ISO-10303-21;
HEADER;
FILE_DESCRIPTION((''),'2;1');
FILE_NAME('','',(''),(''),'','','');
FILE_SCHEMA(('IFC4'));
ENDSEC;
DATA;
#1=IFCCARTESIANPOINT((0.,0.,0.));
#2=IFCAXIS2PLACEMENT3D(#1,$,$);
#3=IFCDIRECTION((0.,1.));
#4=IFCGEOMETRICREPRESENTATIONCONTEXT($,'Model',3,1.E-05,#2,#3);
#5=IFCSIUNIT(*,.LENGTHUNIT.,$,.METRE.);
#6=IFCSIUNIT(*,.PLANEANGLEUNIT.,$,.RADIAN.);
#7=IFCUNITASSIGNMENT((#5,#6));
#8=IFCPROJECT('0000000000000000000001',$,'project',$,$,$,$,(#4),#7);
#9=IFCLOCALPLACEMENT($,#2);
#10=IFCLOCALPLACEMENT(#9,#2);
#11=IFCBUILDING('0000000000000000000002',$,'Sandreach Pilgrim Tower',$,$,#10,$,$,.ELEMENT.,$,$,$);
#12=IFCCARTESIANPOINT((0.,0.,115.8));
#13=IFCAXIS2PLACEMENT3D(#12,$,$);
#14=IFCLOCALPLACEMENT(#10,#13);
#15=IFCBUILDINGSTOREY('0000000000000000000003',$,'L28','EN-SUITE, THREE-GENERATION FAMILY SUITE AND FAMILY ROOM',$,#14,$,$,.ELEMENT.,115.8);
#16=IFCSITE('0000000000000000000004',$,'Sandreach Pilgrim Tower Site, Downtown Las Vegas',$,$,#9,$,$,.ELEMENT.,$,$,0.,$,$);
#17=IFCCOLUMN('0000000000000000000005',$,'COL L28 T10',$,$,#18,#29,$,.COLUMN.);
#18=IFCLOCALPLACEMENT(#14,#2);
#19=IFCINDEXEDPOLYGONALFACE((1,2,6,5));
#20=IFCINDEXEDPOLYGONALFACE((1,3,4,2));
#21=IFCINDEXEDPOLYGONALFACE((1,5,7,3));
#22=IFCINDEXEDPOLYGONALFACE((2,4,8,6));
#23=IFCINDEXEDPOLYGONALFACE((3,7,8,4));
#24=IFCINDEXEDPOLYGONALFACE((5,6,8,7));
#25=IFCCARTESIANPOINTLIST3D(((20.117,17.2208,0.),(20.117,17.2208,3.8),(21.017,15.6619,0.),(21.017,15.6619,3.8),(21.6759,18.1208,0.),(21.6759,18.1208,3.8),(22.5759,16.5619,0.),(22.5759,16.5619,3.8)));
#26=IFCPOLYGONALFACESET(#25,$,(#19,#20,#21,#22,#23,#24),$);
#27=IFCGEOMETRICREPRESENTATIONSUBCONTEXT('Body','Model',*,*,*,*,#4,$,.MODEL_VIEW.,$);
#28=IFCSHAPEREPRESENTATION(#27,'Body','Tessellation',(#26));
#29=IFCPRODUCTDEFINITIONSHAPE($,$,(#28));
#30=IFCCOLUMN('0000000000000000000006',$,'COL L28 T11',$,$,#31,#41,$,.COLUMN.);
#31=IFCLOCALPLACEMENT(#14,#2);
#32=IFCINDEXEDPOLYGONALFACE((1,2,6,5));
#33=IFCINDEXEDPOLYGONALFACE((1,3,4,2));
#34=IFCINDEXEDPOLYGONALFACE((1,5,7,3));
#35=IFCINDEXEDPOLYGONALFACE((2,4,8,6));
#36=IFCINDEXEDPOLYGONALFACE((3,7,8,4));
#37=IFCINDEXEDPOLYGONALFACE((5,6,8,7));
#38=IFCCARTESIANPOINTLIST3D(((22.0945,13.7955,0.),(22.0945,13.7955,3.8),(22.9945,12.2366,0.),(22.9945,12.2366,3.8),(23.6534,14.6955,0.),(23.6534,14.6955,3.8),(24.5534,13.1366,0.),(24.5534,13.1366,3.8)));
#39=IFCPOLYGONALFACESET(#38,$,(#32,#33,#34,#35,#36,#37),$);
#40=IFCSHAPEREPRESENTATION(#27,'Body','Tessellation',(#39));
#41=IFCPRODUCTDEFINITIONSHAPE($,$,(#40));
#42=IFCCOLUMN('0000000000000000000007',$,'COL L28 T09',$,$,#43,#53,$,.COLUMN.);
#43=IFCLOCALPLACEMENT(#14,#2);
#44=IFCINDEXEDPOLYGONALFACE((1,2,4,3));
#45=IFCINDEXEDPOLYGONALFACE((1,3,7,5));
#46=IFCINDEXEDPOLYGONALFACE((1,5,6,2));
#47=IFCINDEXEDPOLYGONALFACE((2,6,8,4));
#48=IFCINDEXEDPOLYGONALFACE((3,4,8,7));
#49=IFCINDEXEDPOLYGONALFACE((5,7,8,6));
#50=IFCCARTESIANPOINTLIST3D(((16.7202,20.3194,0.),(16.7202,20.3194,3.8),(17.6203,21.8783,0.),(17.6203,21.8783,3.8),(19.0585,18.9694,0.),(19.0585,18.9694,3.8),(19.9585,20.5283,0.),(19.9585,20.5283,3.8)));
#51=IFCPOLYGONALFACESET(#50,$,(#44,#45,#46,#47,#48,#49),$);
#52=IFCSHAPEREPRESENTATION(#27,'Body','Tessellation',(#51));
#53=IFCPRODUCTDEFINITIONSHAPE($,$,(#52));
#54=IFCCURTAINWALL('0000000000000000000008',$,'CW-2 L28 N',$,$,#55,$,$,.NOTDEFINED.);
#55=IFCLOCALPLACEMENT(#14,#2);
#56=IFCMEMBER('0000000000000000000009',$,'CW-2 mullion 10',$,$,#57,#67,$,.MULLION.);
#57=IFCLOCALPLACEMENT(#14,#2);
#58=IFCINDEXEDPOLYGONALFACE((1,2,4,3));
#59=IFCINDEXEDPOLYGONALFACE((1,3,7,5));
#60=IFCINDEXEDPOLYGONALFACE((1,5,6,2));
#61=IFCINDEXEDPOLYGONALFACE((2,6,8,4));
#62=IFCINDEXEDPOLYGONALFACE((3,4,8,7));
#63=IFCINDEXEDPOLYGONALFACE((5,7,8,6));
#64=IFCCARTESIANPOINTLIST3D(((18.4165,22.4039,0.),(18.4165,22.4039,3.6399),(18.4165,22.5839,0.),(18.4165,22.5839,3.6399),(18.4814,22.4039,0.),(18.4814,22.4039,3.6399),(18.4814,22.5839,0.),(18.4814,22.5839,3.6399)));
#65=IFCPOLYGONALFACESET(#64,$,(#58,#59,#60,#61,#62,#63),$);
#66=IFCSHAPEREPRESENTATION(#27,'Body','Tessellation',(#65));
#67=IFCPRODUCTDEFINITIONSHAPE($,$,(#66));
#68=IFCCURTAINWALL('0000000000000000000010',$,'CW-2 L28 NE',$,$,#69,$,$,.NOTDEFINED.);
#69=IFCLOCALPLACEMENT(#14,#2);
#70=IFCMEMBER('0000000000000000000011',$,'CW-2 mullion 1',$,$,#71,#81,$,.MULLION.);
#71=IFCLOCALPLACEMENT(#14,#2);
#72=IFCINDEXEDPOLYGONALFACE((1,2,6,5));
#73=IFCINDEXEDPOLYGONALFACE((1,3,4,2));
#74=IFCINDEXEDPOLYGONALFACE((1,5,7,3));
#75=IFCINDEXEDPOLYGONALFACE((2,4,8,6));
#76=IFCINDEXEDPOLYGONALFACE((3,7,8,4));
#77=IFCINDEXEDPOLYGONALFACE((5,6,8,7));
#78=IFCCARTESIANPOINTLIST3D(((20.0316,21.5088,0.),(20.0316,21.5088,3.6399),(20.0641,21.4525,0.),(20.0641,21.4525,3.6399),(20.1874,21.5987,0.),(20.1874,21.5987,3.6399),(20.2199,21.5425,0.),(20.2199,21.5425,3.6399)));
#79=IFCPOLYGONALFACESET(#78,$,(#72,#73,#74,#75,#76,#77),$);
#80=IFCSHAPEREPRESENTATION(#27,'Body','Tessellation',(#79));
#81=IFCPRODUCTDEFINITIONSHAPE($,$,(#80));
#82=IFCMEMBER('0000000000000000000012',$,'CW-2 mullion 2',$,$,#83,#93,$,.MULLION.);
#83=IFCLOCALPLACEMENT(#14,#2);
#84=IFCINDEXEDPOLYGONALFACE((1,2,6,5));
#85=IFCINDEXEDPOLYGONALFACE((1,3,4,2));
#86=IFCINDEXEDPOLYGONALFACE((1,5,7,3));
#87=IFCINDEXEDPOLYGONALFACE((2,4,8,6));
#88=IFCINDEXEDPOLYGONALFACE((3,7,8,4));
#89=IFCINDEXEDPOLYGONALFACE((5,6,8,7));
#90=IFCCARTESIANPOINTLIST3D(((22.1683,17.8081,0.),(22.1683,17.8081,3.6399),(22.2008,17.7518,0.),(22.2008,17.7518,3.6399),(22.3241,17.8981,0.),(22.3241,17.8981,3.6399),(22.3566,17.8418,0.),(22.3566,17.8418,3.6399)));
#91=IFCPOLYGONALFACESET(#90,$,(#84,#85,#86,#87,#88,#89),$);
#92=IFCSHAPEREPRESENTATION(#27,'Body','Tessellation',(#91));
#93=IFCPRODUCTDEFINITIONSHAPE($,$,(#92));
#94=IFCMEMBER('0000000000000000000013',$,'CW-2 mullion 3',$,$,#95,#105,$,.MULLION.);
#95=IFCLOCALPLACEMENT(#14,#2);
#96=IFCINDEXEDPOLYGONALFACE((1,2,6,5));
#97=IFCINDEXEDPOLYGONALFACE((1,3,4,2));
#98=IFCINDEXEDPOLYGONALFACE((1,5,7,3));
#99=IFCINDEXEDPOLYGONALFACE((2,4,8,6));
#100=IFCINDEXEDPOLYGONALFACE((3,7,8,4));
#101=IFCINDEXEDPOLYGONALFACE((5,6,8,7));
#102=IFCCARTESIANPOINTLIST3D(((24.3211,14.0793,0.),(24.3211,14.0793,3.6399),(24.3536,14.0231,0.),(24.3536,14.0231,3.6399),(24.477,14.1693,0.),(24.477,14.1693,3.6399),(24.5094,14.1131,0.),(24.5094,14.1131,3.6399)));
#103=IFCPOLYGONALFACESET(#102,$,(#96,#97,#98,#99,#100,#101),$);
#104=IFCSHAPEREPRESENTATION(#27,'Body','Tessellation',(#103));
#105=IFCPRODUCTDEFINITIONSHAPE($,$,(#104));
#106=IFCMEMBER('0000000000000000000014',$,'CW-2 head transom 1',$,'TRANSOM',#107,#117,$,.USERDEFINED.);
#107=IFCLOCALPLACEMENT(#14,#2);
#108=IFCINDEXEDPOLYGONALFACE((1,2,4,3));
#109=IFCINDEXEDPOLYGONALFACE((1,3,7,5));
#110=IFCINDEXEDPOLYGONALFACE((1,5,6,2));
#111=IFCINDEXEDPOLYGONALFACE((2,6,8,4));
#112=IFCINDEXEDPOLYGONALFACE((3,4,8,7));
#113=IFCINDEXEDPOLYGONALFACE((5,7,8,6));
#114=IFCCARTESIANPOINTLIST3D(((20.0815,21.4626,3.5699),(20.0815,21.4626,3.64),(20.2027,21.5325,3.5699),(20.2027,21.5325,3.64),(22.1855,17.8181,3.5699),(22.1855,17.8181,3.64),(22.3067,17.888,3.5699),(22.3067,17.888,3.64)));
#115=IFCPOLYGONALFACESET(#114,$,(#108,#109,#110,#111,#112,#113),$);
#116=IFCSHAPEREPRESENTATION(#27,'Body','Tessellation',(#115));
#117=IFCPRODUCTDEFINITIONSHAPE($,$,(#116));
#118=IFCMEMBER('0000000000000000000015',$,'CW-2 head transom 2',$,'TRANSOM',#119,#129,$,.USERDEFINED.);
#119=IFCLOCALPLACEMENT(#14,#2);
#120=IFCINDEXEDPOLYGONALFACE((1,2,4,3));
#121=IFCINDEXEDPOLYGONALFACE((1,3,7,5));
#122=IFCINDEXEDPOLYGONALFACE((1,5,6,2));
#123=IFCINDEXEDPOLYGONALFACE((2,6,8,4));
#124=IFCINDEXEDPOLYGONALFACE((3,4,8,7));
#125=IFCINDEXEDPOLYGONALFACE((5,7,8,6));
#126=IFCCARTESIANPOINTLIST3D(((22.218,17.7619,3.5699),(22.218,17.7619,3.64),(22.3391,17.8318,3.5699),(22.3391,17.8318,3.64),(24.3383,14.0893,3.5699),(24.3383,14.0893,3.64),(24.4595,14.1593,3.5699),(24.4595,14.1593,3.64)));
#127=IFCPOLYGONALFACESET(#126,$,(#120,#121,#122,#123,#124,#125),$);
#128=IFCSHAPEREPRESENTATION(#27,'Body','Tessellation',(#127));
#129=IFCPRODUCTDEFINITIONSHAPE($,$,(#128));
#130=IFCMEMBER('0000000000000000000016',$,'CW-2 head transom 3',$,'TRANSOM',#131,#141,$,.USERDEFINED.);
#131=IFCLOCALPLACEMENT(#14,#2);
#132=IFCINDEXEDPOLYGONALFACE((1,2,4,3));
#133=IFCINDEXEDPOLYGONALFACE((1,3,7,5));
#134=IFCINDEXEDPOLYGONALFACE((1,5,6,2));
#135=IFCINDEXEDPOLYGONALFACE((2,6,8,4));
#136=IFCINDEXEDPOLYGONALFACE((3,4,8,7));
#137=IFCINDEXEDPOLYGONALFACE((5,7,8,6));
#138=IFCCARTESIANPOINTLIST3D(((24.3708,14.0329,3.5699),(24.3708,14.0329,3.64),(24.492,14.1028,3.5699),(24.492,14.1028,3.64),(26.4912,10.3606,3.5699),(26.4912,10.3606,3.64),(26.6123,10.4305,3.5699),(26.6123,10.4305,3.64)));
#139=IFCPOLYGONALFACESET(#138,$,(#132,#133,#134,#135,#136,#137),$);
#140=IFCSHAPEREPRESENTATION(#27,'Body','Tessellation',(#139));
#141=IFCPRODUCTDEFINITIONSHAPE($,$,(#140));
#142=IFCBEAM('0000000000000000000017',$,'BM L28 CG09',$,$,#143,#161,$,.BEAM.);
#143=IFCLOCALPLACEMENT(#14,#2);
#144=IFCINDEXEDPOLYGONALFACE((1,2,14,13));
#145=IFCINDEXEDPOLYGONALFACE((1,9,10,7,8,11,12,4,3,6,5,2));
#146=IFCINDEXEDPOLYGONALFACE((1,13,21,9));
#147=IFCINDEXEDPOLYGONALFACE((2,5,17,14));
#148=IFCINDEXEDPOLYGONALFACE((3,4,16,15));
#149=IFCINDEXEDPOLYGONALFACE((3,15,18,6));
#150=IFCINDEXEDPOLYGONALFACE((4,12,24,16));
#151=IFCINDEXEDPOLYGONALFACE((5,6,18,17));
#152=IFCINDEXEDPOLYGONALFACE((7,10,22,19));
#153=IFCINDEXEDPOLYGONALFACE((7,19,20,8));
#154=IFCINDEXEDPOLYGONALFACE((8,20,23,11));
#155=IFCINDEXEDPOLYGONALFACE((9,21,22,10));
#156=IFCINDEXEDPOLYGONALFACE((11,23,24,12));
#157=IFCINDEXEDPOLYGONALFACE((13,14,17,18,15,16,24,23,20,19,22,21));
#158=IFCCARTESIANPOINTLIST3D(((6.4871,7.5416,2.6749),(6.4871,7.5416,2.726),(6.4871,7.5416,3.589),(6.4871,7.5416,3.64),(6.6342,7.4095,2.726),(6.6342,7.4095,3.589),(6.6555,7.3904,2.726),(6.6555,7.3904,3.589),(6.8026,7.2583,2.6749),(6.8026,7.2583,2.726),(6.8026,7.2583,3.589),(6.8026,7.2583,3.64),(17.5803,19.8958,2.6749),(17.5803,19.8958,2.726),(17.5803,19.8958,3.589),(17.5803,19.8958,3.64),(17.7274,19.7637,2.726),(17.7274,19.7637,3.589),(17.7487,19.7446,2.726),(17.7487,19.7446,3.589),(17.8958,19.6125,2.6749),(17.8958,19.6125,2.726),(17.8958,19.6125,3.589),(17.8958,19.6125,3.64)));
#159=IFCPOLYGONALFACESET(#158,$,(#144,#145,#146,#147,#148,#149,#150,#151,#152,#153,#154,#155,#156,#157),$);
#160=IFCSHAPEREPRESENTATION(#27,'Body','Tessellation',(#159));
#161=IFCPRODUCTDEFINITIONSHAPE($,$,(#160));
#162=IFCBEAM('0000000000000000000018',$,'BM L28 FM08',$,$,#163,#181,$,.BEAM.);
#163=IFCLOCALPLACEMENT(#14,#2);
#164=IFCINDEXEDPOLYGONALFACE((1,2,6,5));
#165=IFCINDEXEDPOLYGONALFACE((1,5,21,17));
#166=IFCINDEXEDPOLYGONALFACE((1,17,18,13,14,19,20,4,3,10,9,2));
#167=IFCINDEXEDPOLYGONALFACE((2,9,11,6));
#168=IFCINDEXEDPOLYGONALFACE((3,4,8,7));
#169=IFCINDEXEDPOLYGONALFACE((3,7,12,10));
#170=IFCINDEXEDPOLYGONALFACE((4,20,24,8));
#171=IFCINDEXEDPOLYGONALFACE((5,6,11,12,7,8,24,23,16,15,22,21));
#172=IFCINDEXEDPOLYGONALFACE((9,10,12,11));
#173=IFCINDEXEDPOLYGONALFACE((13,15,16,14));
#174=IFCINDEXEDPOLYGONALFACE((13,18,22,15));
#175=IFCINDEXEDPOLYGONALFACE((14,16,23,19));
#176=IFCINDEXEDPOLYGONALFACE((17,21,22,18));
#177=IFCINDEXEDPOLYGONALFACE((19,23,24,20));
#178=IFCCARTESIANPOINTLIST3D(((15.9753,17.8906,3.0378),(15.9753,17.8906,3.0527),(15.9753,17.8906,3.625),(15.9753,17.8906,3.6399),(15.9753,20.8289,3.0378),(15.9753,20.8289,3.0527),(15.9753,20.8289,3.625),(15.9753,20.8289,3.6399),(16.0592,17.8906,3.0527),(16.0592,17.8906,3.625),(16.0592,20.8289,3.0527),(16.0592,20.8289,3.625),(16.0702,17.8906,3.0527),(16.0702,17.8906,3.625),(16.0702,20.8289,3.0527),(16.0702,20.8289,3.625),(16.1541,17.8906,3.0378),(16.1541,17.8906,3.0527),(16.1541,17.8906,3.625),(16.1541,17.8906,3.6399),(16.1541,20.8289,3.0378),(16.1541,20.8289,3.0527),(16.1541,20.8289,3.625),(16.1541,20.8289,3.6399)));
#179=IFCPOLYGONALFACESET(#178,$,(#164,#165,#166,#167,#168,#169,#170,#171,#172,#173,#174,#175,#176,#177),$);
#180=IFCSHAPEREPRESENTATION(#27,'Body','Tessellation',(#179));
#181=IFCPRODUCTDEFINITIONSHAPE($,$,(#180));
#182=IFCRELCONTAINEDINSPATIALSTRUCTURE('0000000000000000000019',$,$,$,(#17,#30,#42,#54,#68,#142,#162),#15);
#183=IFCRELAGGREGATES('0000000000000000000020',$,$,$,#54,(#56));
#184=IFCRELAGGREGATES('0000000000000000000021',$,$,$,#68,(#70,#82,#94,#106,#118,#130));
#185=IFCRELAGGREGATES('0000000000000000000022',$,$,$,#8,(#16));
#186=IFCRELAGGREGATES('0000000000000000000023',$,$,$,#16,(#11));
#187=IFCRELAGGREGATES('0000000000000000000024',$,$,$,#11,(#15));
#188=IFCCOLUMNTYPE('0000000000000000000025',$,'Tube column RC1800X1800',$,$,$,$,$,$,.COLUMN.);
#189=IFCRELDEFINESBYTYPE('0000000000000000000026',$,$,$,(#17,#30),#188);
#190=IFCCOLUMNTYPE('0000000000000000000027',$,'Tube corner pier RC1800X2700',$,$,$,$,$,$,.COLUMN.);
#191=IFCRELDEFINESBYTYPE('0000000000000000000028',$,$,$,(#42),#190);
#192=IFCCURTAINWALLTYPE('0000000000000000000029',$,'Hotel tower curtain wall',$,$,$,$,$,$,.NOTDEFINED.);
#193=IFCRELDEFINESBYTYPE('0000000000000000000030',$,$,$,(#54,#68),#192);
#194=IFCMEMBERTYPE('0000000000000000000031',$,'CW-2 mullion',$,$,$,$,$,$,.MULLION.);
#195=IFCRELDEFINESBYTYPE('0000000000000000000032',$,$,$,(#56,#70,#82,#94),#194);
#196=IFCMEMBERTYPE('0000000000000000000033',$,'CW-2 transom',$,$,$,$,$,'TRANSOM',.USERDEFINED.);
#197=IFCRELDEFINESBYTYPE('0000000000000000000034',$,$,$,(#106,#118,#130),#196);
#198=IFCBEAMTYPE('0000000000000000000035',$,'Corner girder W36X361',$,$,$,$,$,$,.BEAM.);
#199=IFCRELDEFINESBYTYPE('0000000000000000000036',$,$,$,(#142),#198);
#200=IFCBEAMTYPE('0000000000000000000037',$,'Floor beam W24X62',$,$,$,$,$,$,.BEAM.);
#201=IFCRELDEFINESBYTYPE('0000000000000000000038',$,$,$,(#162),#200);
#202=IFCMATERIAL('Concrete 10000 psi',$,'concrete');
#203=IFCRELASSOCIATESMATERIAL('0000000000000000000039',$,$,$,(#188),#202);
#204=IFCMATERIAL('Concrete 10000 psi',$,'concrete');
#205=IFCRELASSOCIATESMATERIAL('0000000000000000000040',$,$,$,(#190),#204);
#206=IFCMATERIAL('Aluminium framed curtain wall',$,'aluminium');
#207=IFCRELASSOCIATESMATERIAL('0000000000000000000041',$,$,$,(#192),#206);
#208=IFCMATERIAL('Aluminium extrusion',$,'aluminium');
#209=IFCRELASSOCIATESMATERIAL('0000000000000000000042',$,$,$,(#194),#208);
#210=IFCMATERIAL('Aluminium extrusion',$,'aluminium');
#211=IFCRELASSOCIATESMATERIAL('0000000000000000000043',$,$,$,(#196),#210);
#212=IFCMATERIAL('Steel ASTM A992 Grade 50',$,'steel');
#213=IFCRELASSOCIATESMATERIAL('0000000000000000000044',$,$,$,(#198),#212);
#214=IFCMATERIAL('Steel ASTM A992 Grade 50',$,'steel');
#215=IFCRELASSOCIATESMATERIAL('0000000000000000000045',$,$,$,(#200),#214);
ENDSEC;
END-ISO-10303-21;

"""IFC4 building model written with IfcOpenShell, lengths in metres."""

from ifc_helpers import new_model, si_unit, direction, frame, origin, origin_2d, place, context, subcontext, project, spatial, rectangle, i_section, extrude, material, material_profile, profile_set, type_object, element, aggregate, save


model = new_model("IFC4")

# Units and contexts
model_context = context("Model", 3, precision=1e-05, world=origin(), true_north=direction((0.0, 1.0)))
body_context = subcontext(model_context, "Body", "Model", "MODEL_VIEW")
ifc_project = project(units=[si_unit("LENGTHUNIT", "METRE"), si_unit("PLANEANGLEUNIT", "RADIAN")], contexts=[model_context])

# Site, building, storey
site_placement = place(None, origin())
site = spatial("IfcSite", under=ifc_project, at=site_placement, Name="Sandreach Pilgrim Tower Site, Downtown Las Vegas", CompositionType="ELEMENT", RefElevation=0.0)
building_placement = place(site_placement, origin())
building = spatial("IfcBuilding", under=site, at=building_placement, Name="Sandreach Pilgrim Tower", CompositionType="ELEMENT")
storey_placement = place(building_placement, frame((0.0, 0.0, 115.8)))
storey = spatial("IfcBuildingStorey", under=building, at=storey_placement, Name="L28", Description="EN-SUITE, THREE-GENERATION FAMILY SUITE AND FAMILY ROOM", CompositionType="ELEMENT", Elevation=115.8)

# Columns
ifc_material_1 = material(Name="Concrete 10000 psi", Category="concrete")
ifc_material_profile_1 = material_profile(ifc_material_1, rectangle(XDim=1.8, YDim=1.8, at=origin_2d()), Name="RC1800X1800")
ifc_profile_set_1 = profile_set([ifc_material_profile_1], Name="Concrete 10000 psi")
column_type_1 = type_object("IfcColumnType", Name="Tube column RC1800X1800", PredefinedType="COLUMN", material=ifc_profile_set_1)
for number, where, z_axis, x_axis, name in (
    (1, (21.3464, 16.8914, 0.0), (0.0, 0.0, 1.0), (0.866025, 0.5, 0.0), "COL L28 T10"),
    (2, (23.324, 13.4661, 0.0), (0.0, 0.0, 1.0), (0.866025, 0.5, 0.0), "COL L28 T11"),
):
    element("IfcColumn", number, at=place(storey_placement, frame(where, z_axis=z_axis, x_axis=x_axis)), inside=storey, type_object=column_type_1, Name=name, PredefinedType="COLUMN", context=body_context, shape_type="SweptSolid", body=[
        extrude(rectangle(XDim=1.8, YDim=1.8, at=origin_2d()), origin(), (0.0, 0.0, 1.0), 3.8),
    ])
ifc_material_2 = material(Name="Concrete 10000 psi", Category="concrete")
ifc_material_profile_2 = material_profile(ifc_material_2, rectangle(XDim=1.8, YDim=2.7, at=origin_2d()), Name="RC1800X2700")
ifc_profile_set_2 = profile_set([ifc_material_profile_2], Name="Concrete 10000 psi")
column_type_2 = type_object("IfcColumnType", Name="Tube corner pier RC1800X2700", PredefinedType="COLUMN", material=ifc_profile_set_2)
column_placement = place(storey_placement, frame((18.3394, 20.4238, 0.0), z_axis=(0.0, 0.0, 1.0), x_axis=(0.5, 0.866025, 0.0)))
element("IfcColumn", 3, at=column_placement, inside=storey, type_object=column_type_2, Name="COL L28 T09", PredefinedType="COLUMN", context=body_context, shape_type="SweptSolid", body=[
    extrude(rectangle(XDim=1.8, YDim=2.7, at=origin_2d()), origin(), (0.0, 0.0, 1.0), 3.8),
])

# Curtain wall, member
ifc_material_3 = material(Name="Aluminium framed curtain wall", Category="aluminium")
curtain_wall_type = type_object("IfcCurtainWallType", Name="Hotel tower curtain wall", PredefinedType="NOTDEFINED", material=ifc_material_3)
curtain_wall_1_placement = place(storey_placement, origin())
curtain_wall_1 = element("IfcCurtainWall", 4, at=curtain_wall_1_placement, inside=storey, type_object=curtain_wall_type, Name="CW-2 L28 N", PredefinedType="NOTDEFINED")
ifc_material_4 = material(Name="Aluminium extrusion", Category="aluminium")
ifc_material_profile_3 = material_profile(ifc_material_4, rectangle(XDim=0.0649, YDim=0.1799, at=origin_2d()), Name="CW-2M 65X180")
ifc_profile_set_3 = profile_set([ifc_material_profile_3], Name="Aluminium extrusion")
member_type_1 = type_object("IfcMemberType", Name="CW-2 mullion", PredefinedType="MULLION", material=ifc_profile_set_3)
member_1_placement = place(storey_placement, frame((18.449, 22.4939, 0.0), z_axis=(0.0, 0.0, 1.0), x_axis=(1.0, 0.0, 0.0)))
member_1 = element("IfcMember", 5, at=member_1_placement, type_object=member_type_1, Name="CW-2 mullion 10", PredefinedType="MULLION", context=body_context, shape_type="SweptSolid", body=[
    extrude(rectangle(XDim=0.0649, YDim=0.1799, at=origin_2d()), origin(), (0.0, 0.0, 1.0), 3.6399),
])

# Curtain wall, members
curtain_wall_2_placement = place(storey_placement, origin())
curtain_wall_2 = element("IfcCurtainWall", 6, at=curtain_wall_2_placement, inside=storey, type_object=curtain_wall_type, Name="CW-2 L28 NE", PredefinedType="NOTDEFINED")
member_2_placement = place(storey_placement, frame((20.1257, 21.5256, 0.0), z_axis=(0.0, 0.0, 1.0), x_axis=(0.5, -0.866025, 0.0)))
member_2 = element("IfcMember", 7, at=member_2_placement, type_object=member_type_1, Name="CW-2 mullion 1", PredefinedType="MULLION", context=body_context, shape_type="SweptSolid", body=[
    extrude(rectangle(XDim=0.0649, YDim=0.1799, at=origin_2d()), origin(), (0.0, 0.0, 1.0), 3.6399),
])
member_3_placement = place(storey_placement, frame((22.2625, 17.825, 0.0), z_axis=(0.0, 0.0, 1.0), x_axis=(0.5, -0.866025, 0.0)))
member_3 = element("IfcMember", 8, at=member_3_placement, type_object=member_type_1, Name="CW-2 mullion 2", PredefinedType="MULLION", context=body_context, shape_type="SweptSolid", body=[
    extrude(rectangle(XDim=0.0649, YDim=0.1799, at=origin_2d()), origin(), (0.0, 0.0, 1.0), 3.6399),
])
member_4_placement = place(storey_placement, frame((24.4153, 14.0962, 0.0), z_axis=(0.0, 0.0, 1.0), x_axis=(0.5, -0.866025, 0.0)))
member_4 = element("IfcMember", 9, at=member_4_placement, type_object=member_type_1, Name="CW-2 mullion 3", PredefinedType="MULLION", context=body_context, shape_type="SweptSolid", body=[
    extrude(rectangle(XDim=0.0649, YDim=0.1799, at=origin_2d()), origin(), (0.0, 0.0, 1.0), 3.6399),
])
ifc_material_5 = material(Name="Aluminium extrusion", Category="aluminium")
ifc_material_profile_4 = material_profile(ifc_material_5, rectangle(XDim=0.1399, YDim=0.0701, at=origin_2d()), Name="CW-2T 140X70")
ifc_profile_set_4 = profile_set([ifc_material_profile_4], Name="Aluminium extrusion")
member_type_2 = type_object("IfcMemberType", Name="CW-2 transom", ElementType="TRANSOM", PredefinedType="USERDEFINED", material=ifc_profile_set_4)
member_5_placement = place(storey_placement, frame((20.1421, 21.4976, 3.605), z_axis=(0.49997, -0.866043, 0.0), x_axis=(0.866043, 0.49997, 0.0)))
member_5 = element("IfcMember", 10, at=member_5_placement, type_object=member_type_2, Name="CW-2 head transom 1", ObjectType="TRANSOM", PredefinedType="USERDEFINED", context=body_context, shape_type="SweptSolid", body=[
    extrude(rectangle(XDim=0.1399, YDim=0.0701, at=origin_2d()), origin(), (0.0, 0.0, 1.0), 4.2083),
])
member_6_placement = place(storey_placement, frame((22.2786, 17.7969, 3.605), z_axis=(0.499997, -0.866027, 0.0), x_axis=(0.866027, 0.499997, 0.0)))
member_6 = element("IfcMember", 11, at=member_6_placement, type_object=member_type_2, Name="CW-2 head transom 2", ObjectType="TRANSOM", PredefinedType="USERDEFINED", context=body_context, shape_type="SweptSolid", body=[
    extrude(rectangle(XDim=0.1399, YDim=0.0701, at=origin_2d()), origin(), (0.0, 0.0, 1.0), 4.2407),
])
member_7_placement = place(storey_placement, frame((24.4314, 14.0679, 3.605), z_axis=(0.500021, -0.866013, 0.0), x_axis=(0.866013, 0.500021, 0.0)))
member_7 = element("IfcMember", 12, at=member_7_placement, type_object=member_type_2, Name="CW-2 head transom 3", ObjectType="TRANSOM", PredefinedType="USERDEFINED", context=body_context, shape_type="SweptSolid", body=[
    extrude(rectangle(XDim=0.1399, YDim=0.0701, at=origin_2d()), origin(), (0.0, 0.0, 1.0), 4.2405),
])

# Beams
ifc_material_6 = material(Name="Steel ASTM A992 Grade 50", Category="steel")
ifc_material_profile_5 = material_profile(ifc_material_6, i_section(OverallWidth=0.4241, OverallDepth=0.9651, WebThickness=0.0286, FlangeThickness=0.051, at=origin_2d()), Name="W36X361")
ifc_profile_set_5 = profile_set([ifc_material_profile_5], Name="Steel ASTM A992 Grade 50")
beam_type_1 = type_object("IfcBeamType", Name="Corner girder W36X361", PredefinedType="BEAM", material=ifc_profile_set_5)
beam_1_placement = place(storey_placement, frame((17.738, 19.7542, 3.1575), z_axis=(-0.668114, -0.744059, 0.0), x_axis=(0.744059, -0.668114, 0.0)))
element("IfcBeam", 13, at=beam_1_placement, inside=storey, type_object=beam_type_1, Name="BM L28 CG09", PredefinedType="BEAM", context=body_context, shape_type="SweptSolid", body=[
    extrude(i_section(OverallWidth=0.4241, OverallDepth=0.9651, WebThickness=0.0286, FlangeThickness=0.051, at=origin_2d()), origin(), (0.0, 0.0, 1.0), 16.6038),
])
ifc_material_7 = material(Name="Steel ASTM A992 Grade 50", Category="steel")
ifc_material_profile_6 = material_profile(ifc_material_7, i_section(OverallWidth=0.1787, OverallDepth=0.6021, WebThickness=0.011, FlangeThickness=0.0149, at=origin_2d()), Name="W24X62")
ifc_profile_set_6 = profile_set([ifc_material_profile_6], Name="Steel ASTM A992 Grade 50")
beam_type_2 = type_object("IfcBeamType", Name="Floor beam W24X62", PredefinedType="BEAM", material=ifc_profile_set_6)
beam_2_placement = place(storey_placement, frame((16.0647, 20.8289, 3.3389), z_axis=(0.0, -1.0, 0.0), x_axis=(1.0, 0.0, 0.0)))
element("IfcBeam", 14, at=beam_2_placement, inside=storey, type_object=beam_type_2, Name="BM L28 FM08", PredefinedType="BEAM", context=body_context, shape_type="SweptSolid", body=[
    extrude(i_section(OverallWidth=0.1787, OverallDepth=0.6021, WebThickness=0.011, FlangeThickness=0.0149, at=origin_2d()), origin(), (0.0, 0.0, 1.0), 2.9382),
])

aggregate(curtain_wall_1, [member_1])
aggregate(curtain_wall_2, [member_2, member_3, member_4, member_5, member_6, member_7])

save(model, "model.ifc")
